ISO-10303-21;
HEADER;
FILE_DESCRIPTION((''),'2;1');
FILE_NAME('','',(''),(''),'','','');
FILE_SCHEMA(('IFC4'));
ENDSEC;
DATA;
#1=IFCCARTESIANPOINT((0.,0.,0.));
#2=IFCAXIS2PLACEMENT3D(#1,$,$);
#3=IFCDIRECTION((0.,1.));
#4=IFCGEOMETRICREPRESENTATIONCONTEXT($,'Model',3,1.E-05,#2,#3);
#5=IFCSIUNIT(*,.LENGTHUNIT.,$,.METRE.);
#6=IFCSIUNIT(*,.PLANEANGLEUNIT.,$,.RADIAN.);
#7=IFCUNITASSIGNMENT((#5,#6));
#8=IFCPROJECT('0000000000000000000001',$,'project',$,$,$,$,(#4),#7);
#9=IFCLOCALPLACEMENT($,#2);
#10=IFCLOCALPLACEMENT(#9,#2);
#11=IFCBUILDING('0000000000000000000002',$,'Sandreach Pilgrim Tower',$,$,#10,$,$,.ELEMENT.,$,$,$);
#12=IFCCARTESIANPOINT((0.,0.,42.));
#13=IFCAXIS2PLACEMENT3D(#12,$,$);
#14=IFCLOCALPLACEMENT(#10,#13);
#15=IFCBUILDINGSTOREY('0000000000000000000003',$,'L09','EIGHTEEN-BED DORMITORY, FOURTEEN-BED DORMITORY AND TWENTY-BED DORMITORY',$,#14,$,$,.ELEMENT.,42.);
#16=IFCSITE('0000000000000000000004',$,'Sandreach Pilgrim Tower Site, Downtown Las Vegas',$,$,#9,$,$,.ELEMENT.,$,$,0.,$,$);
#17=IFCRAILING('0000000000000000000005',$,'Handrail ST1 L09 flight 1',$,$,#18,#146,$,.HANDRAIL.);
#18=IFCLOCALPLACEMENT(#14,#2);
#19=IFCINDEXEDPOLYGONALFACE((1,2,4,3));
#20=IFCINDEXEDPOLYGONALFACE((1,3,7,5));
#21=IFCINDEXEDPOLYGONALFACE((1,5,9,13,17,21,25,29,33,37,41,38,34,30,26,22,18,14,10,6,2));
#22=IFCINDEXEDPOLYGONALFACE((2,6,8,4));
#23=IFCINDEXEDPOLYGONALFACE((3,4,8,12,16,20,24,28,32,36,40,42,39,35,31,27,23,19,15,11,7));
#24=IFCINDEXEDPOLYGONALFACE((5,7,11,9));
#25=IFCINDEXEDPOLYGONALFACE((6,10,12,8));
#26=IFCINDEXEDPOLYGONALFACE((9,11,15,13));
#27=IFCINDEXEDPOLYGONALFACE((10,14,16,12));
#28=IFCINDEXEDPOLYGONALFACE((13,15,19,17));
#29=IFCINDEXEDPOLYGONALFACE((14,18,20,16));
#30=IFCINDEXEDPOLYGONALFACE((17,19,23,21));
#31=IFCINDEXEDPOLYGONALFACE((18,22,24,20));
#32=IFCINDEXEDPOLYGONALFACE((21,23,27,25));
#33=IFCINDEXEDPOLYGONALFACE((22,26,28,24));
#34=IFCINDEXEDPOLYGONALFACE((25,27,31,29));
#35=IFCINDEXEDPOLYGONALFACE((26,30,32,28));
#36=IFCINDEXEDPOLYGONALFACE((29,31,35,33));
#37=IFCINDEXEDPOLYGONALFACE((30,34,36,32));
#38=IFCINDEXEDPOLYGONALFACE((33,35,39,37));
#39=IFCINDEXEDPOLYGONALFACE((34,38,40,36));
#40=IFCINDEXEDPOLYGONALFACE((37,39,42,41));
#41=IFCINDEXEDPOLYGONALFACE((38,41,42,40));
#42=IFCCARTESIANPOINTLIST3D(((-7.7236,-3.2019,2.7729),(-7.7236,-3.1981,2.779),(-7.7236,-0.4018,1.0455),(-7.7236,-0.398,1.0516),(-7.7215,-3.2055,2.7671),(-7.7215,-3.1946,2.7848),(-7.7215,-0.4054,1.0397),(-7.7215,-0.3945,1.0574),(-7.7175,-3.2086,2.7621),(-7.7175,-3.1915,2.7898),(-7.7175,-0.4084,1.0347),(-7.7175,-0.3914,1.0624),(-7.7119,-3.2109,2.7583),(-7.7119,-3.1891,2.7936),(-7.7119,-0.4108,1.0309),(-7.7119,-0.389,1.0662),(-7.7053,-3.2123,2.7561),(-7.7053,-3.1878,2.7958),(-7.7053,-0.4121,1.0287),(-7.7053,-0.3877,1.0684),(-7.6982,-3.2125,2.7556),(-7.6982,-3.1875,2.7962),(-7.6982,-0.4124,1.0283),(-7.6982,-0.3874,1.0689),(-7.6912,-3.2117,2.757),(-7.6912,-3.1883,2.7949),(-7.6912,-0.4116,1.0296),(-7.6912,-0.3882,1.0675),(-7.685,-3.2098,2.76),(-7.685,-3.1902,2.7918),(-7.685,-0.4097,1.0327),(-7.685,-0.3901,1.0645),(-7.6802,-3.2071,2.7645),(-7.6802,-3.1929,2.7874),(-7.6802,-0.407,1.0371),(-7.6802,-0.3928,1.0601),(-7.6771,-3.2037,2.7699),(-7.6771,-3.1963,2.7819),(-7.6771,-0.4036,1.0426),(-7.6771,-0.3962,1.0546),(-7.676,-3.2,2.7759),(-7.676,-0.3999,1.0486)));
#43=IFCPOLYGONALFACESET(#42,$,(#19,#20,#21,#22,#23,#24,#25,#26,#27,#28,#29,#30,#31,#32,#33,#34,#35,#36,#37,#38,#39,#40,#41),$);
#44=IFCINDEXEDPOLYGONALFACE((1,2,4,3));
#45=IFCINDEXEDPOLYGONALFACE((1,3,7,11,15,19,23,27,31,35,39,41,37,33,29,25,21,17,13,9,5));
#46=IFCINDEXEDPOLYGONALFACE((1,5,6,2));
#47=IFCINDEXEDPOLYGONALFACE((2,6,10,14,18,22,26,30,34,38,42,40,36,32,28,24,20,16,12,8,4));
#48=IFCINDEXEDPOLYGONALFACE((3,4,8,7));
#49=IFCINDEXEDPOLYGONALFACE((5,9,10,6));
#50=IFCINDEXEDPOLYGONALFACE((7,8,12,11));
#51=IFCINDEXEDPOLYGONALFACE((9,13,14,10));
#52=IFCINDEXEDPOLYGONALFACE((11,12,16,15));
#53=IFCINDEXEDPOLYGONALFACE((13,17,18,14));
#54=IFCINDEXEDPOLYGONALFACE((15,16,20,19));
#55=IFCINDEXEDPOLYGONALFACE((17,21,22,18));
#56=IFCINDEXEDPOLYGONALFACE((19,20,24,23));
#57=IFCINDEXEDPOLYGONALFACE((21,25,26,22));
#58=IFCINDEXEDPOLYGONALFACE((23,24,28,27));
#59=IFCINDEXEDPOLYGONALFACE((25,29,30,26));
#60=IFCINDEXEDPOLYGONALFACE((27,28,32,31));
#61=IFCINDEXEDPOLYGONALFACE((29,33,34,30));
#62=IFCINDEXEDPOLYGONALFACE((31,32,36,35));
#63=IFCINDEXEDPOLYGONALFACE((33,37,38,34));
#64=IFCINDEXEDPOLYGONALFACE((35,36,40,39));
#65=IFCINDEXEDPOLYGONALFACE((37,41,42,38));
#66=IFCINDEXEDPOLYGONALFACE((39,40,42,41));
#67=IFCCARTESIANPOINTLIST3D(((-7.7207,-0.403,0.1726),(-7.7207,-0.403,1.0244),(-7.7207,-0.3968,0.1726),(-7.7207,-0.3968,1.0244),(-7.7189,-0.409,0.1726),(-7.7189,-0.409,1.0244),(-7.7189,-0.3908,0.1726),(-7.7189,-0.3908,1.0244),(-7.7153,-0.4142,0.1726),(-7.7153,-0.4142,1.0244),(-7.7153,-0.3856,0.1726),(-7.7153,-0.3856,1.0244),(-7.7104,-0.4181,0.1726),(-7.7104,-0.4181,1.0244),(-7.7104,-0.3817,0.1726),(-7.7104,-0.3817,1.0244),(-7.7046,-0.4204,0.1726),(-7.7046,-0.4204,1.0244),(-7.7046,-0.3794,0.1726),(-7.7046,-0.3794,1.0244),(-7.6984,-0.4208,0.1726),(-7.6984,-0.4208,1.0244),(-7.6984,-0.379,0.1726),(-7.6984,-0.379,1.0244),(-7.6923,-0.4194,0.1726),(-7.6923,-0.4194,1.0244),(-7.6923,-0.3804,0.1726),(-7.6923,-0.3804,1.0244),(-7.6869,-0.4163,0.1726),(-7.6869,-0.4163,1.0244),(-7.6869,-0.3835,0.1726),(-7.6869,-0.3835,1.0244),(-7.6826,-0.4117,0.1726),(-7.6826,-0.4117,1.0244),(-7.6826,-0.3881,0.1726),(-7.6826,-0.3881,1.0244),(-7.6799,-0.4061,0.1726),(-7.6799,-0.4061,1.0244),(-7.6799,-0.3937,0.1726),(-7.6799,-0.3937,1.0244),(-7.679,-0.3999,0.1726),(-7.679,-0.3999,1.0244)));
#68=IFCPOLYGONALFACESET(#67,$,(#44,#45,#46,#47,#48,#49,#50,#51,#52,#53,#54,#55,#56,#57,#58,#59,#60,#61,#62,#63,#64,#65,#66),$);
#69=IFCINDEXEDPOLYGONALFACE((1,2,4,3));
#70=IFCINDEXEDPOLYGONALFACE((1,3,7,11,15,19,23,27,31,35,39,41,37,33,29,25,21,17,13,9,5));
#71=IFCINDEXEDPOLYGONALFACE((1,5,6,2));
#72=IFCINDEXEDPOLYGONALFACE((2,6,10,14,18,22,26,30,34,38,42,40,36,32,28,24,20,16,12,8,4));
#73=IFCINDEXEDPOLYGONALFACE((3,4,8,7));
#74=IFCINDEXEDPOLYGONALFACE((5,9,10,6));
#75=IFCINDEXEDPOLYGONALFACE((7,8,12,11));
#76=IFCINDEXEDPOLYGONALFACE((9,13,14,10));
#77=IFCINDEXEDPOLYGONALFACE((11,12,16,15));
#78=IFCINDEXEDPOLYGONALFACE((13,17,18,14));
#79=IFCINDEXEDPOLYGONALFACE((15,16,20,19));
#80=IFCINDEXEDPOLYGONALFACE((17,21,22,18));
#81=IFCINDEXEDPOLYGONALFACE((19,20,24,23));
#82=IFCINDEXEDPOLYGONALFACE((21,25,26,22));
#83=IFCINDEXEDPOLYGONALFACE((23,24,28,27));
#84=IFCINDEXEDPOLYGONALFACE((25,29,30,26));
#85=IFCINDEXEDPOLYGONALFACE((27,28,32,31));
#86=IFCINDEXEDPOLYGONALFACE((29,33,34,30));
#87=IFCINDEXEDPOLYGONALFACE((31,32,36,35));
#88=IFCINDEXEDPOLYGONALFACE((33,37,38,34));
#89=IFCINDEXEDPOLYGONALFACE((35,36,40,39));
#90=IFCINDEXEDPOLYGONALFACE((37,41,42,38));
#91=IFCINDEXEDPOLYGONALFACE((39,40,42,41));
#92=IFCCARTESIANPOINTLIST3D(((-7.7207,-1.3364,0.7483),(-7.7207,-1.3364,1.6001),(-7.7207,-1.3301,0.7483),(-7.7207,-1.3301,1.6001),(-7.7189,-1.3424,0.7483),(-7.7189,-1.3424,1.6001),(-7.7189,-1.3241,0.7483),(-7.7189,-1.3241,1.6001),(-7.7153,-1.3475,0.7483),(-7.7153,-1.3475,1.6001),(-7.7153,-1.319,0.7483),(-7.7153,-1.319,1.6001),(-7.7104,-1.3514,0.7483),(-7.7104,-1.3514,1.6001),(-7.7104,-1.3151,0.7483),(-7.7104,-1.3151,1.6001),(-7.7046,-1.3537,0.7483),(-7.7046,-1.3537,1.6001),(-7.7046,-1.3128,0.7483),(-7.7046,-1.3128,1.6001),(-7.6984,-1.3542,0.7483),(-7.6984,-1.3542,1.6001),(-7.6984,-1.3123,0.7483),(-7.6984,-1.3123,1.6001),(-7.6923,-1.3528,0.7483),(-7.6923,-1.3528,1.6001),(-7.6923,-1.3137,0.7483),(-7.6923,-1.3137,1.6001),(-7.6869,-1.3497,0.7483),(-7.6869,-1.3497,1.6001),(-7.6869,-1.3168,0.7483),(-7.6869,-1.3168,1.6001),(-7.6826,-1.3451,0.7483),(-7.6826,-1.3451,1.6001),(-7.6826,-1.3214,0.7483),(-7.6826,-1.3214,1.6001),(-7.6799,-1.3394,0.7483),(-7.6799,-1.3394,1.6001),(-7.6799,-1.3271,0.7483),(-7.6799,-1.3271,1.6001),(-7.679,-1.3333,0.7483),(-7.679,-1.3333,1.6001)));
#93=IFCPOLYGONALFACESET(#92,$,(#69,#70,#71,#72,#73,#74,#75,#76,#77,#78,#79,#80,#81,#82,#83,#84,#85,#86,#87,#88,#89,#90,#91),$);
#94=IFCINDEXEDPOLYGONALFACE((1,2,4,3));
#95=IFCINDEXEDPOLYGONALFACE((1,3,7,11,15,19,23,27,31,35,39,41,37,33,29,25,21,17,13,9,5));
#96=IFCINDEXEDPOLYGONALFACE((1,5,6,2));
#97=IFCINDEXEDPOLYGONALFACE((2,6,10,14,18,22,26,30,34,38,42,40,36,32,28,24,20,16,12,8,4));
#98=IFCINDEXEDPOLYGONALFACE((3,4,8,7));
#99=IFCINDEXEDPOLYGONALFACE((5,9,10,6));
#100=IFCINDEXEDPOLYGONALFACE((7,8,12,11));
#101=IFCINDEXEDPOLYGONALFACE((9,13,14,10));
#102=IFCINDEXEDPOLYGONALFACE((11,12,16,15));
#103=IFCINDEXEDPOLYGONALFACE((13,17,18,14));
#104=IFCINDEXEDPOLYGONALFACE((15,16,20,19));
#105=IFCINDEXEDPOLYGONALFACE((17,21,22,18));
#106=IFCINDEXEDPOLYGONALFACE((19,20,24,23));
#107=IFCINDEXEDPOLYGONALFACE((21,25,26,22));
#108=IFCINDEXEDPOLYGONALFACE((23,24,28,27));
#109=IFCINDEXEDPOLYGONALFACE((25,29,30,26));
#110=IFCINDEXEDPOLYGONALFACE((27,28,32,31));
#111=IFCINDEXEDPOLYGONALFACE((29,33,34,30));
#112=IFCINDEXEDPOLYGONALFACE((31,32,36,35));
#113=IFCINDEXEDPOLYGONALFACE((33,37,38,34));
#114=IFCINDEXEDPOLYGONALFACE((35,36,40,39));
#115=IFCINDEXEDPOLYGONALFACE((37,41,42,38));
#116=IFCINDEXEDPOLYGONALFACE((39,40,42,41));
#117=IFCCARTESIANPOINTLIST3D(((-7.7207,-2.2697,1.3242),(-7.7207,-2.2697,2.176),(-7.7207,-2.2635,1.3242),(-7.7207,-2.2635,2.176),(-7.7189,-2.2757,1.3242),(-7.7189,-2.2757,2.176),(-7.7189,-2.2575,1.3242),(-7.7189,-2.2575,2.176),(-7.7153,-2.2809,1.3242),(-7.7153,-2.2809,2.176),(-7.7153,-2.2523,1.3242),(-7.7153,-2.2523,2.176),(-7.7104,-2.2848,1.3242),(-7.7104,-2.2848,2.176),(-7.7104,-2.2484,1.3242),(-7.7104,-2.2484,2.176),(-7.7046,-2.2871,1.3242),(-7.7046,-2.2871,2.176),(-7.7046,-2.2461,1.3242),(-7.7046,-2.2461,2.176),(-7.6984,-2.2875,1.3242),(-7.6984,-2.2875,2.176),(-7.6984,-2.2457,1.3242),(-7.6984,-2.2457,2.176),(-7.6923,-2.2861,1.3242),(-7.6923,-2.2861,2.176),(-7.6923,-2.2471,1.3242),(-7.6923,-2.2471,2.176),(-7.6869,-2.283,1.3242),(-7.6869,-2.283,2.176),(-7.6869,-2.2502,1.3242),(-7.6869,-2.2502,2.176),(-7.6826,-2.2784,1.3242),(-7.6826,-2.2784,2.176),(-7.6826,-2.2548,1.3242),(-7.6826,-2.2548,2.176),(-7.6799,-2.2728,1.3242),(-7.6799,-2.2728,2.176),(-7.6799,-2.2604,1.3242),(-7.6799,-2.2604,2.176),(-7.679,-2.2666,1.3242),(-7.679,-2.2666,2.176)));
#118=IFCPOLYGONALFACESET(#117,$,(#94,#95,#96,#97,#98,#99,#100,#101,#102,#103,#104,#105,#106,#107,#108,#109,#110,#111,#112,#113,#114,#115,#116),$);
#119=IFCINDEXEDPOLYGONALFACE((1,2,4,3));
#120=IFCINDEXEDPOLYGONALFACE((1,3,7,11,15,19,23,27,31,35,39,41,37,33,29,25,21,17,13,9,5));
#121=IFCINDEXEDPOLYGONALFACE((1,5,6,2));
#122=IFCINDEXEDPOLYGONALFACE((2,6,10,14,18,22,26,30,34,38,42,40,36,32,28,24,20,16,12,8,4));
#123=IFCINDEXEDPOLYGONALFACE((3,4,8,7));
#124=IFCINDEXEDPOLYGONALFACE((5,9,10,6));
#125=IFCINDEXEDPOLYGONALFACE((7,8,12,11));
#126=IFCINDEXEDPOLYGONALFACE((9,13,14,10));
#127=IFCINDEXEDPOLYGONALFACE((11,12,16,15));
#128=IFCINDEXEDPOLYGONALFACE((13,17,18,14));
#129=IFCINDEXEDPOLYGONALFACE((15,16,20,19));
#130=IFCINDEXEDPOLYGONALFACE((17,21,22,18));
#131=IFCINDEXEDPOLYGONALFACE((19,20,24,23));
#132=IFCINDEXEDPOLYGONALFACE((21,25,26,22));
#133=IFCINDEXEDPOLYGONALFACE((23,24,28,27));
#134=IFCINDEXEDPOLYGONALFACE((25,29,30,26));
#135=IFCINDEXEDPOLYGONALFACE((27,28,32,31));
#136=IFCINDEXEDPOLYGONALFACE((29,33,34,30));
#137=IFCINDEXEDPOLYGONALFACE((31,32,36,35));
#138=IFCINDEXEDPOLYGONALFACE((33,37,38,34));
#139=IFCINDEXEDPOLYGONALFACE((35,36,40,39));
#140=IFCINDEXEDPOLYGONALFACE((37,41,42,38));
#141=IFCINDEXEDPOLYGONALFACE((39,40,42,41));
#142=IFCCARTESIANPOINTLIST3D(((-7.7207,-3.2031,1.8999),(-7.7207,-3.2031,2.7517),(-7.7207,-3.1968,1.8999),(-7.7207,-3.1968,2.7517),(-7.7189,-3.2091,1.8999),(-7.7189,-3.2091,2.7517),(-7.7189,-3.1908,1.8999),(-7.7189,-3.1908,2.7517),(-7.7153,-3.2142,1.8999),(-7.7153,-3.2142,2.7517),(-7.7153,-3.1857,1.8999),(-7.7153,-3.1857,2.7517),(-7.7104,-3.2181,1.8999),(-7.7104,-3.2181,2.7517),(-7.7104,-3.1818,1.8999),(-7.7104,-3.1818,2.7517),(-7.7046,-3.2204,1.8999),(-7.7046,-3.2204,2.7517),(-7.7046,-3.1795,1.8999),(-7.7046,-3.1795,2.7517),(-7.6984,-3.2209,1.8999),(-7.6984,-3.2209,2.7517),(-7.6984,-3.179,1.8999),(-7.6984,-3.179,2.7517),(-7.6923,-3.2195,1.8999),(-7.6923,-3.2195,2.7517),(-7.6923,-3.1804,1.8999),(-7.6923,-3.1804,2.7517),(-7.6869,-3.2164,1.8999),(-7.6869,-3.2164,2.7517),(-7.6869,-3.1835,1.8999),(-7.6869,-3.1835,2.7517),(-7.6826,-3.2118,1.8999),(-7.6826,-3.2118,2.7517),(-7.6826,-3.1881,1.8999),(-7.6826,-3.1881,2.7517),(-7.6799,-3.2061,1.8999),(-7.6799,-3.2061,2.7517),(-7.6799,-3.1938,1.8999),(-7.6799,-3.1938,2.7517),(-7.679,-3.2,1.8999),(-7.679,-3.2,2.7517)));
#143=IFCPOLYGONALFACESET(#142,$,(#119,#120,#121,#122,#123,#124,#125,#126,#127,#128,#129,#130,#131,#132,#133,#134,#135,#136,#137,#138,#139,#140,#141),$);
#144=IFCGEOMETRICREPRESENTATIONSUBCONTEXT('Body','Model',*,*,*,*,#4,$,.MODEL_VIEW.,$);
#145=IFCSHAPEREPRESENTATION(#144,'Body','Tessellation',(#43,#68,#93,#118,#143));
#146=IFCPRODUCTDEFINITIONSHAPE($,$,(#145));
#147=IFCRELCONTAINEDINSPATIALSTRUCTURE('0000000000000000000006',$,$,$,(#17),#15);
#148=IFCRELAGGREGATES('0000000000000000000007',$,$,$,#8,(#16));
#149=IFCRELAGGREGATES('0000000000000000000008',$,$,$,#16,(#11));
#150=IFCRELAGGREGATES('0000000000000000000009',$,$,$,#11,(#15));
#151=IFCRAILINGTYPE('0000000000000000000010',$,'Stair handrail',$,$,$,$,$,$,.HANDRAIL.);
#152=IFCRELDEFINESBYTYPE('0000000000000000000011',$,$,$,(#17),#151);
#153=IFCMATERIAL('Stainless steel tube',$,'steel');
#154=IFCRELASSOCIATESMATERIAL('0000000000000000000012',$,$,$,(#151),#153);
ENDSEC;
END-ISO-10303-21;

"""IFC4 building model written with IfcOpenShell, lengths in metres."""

from ifc_helpers import new_model, si_unit, direction, frame, origin, origin_2d, place, context, subcontext, project, spatial, circle, extrude, material, type_object, element, save


model = new_model("IFC4")

# Units and contexts
model_context = context("Model", 3, precision=1e-05, world=origin(), true_north=direction((0.0, 1.0)))
body_context = subcontext(model_context, "Body", "Model", "MODEL_VIEW")
ifc_project = project(units=[si_unit("LENGTHUNIT", "METRE"), si_unit("PLANEANGLEUNIT", "RADIAN")], contexts=[model_context])

# Site, building, storey
site_placement = place(None, origin())
site = spatial("IfcSite", under=ifc_project, at=site_placement, Name="Sandreach Pilgrim Tower Site, Downtown Las Vegas", CompositionType="ELEMENT", RefElevation=0.0)
building_placement = place(site_placement, origin())
building = spatial("IfcBuilding", under=site, at=building_placement, Name="Sandreach Pilgrim Tower", CompositionType="ELEMENT")
storey_placement = place(building_placement, frame((0.0, 0.0, 42.0)))
storey = spatial("IfcBuildingStorey", under=building, at=storey_placement, Name="L09", Description="EIGHTEEN-BED DORMITORY, FOURTEEN-BED DORMITORY AND TWENTY-BED DORMITORY", CompositionType="ELEMENT", Elevation=42.0)

# Railing
ifc_material_1 = material(Name="Stainless steel tube", Category="steel")
railing_type = type_object("IfcRailingType", Name="Stair handrail", PredefinedType="HANDRAIL", material=ifc_material_1)
railing_placement = place(storey_placement, frame((-7.7, -0.3999, 0.1726)))
element("IfcRailing", 1, at=railing_placement, inside=storey, type_object=railing_type, Name="Handrail ST1 L09 flight 1", PredefinedType="HANDRAIL", context=body_context, shape_type="SweptSolid", body=[
    extrude(circle(Radius=0.0239, at=origin_2d()), frame((0.0, 0.0, 0.876), z_axis=(0.0, -0.85109, 0.52502), x_axis=(1.0, 0.0, 0.0)), (0.0, 0.0, 1.0), 3.29),
    extrude(circle(Radius=0.021, at=origin_2d()), origin(), (0.0, 0.0, 1.0), 0.8518),
    extrude(circle(Radius=0.021, at=origin_2d()), frame((0.0, -0.9333, 0.5757)), (0.0, 0.0, 1.0), 0.8518),
    extrude(circle(Radius=0.021, at=origin_2d()), frame((0.0, -1.8667, 1.1516)), (0.0, 0.0, 1.0), 0.8518),
    extrude(circle(Radius=0.021, at=origin_2d()), frame((0.0, -2.8, 1.7273)), (0.0, 0.0, 1.0), 0.8518),
])

save(model, "model.ifc")
